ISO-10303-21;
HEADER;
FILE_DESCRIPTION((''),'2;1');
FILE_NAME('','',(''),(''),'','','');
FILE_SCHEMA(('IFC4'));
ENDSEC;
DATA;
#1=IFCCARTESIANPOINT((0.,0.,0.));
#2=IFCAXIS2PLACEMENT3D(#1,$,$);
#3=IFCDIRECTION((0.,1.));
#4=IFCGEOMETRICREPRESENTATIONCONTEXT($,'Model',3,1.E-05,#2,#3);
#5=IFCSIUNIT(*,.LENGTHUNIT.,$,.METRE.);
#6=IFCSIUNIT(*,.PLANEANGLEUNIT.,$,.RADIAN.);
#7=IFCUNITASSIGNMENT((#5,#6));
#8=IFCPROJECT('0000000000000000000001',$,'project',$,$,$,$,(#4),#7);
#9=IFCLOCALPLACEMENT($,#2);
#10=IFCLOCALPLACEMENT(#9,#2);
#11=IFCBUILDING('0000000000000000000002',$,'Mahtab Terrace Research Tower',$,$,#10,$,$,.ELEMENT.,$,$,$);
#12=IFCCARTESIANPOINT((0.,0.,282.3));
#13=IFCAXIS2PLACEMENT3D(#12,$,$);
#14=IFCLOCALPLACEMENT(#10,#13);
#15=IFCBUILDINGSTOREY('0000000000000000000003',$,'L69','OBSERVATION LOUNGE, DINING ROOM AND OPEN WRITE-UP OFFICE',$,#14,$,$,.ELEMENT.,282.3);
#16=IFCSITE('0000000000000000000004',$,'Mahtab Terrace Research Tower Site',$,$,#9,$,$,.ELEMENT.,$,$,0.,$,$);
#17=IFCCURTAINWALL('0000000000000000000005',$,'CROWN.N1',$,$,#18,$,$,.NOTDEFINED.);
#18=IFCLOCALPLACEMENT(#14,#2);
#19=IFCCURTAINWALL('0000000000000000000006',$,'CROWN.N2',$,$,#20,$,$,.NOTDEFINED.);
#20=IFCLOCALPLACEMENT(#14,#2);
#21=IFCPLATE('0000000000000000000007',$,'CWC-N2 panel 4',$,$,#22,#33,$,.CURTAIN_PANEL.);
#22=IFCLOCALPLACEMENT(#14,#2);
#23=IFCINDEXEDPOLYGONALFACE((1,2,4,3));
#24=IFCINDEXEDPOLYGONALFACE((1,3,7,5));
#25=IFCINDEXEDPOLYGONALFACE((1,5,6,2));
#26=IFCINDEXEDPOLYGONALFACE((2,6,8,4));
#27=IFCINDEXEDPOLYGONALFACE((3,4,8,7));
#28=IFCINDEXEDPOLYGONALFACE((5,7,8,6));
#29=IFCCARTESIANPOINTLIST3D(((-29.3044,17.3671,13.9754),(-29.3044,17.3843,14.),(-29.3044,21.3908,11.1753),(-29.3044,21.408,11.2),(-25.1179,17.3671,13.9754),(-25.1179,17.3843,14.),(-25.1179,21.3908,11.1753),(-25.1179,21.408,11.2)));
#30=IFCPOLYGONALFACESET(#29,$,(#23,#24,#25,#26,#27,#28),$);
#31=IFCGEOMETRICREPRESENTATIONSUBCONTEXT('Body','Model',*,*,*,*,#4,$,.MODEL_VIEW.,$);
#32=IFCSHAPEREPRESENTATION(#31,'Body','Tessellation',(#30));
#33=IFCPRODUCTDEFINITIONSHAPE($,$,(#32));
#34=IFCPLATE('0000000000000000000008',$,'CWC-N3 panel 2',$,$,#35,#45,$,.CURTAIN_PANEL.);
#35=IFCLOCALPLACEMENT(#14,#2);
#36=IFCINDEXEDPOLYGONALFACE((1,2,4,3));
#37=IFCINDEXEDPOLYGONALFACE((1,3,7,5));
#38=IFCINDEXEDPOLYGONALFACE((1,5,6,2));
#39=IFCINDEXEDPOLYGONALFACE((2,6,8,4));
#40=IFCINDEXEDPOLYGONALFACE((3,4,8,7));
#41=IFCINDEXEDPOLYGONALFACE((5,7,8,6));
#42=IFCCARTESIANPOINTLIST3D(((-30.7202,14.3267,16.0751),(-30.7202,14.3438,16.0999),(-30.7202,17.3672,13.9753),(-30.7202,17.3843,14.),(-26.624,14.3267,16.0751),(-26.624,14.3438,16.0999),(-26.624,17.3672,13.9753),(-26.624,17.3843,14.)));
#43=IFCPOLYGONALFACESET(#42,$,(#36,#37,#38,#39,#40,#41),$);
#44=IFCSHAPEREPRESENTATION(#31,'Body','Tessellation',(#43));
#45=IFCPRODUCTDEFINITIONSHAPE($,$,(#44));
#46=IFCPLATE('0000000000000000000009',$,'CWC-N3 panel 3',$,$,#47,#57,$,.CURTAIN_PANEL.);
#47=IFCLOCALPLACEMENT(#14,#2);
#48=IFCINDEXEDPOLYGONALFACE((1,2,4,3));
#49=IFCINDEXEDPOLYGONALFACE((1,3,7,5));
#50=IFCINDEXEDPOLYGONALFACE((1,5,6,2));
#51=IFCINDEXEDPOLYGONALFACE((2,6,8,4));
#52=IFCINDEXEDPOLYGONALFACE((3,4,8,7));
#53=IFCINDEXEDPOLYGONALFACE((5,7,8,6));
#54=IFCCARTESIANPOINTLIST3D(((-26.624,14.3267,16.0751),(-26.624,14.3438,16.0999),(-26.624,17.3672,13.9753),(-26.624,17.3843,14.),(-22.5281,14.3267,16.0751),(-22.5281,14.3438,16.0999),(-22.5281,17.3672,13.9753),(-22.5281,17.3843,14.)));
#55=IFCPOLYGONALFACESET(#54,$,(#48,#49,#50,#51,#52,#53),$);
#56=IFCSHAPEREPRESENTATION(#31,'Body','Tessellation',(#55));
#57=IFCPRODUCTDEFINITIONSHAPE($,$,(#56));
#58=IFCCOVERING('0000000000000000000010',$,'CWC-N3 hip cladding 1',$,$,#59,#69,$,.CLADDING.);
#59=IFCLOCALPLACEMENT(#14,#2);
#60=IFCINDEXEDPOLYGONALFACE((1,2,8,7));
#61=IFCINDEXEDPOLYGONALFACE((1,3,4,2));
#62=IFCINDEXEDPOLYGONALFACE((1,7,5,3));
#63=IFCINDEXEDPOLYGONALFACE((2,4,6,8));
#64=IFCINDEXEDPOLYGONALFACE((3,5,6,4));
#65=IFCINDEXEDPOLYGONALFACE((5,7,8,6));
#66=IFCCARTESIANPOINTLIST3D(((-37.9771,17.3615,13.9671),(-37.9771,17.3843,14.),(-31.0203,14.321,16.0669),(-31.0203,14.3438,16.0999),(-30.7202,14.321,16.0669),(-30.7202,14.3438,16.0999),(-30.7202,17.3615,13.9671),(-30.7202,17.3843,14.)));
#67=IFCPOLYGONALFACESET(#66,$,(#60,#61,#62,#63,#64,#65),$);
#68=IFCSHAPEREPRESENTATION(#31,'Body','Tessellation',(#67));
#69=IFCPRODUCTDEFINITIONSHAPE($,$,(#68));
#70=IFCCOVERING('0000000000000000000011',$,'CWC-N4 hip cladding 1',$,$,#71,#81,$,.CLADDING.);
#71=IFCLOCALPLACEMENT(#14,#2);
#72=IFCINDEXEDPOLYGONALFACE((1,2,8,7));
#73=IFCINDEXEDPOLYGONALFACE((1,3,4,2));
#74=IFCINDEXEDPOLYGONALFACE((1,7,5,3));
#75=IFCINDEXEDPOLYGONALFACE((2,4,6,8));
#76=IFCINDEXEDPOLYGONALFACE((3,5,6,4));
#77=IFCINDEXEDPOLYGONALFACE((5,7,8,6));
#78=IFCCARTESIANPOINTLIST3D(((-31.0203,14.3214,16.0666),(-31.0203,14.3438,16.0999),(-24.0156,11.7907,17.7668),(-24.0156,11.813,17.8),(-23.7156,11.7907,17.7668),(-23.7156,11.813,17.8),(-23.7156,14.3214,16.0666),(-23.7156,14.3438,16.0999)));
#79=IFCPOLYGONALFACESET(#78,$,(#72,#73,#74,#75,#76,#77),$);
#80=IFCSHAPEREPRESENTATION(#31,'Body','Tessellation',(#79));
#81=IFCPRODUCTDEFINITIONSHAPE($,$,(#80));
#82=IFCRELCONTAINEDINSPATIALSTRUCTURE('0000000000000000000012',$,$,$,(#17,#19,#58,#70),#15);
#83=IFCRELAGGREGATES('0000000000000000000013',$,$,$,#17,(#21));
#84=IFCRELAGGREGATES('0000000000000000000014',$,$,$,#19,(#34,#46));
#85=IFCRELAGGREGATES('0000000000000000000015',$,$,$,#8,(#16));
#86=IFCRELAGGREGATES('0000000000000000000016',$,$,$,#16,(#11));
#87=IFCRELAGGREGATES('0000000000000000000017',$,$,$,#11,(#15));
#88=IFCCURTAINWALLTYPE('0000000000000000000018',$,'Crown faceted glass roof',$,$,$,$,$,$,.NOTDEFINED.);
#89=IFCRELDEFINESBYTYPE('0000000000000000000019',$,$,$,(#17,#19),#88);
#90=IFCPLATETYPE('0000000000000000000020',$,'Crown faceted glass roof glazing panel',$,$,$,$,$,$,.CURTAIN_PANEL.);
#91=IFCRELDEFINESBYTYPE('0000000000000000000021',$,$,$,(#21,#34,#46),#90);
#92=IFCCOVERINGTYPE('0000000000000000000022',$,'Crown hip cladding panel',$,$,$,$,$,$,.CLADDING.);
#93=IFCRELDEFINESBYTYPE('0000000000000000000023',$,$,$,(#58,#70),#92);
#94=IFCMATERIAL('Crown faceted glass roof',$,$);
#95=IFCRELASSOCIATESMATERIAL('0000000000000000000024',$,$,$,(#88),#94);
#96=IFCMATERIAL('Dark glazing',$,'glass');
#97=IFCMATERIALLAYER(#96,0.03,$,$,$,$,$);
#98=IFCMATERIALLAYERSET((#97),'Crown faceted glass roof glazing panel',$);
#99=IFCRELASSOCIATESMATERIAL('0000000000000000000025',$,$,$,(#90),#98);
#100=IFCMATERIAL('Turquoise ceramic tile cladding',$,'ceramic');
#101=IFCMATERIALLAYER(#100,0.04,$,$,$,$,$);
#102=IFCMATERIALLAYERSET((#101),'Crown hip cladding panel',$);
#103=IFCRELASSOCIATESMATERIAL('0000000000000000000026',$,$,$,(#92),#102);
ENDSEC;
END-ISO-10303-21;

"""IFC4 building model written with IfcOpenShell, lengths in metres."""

from ifc_helpers import new_model, si_unit, direction, frame, origin, place, context, subcontext, project, spatial, polyline, outline, extrude, material, layer, layer_set, type_object, element, aggregate, save


model = new_model("IFC4")

# Units and contexts
model_context = context("Model", 3, precision=1e-05, world=origin(), true_north=direction((0.0, 1.0)))
body_context = subcontext(model_context, "Body", "Model", "MODEL_VIEW")
ifc_project = project(units=[si_unit("LENGTHUNIT", "METRE"), si_unit("PLANEANGLEUNIT", "RADIAN")], contexts=[model_context])

# Site, building, storey
site_placement = place(None, origin())
site = spatial("IfcSite", under=ifc_project, at=site_placement, Name="Mahtab Terrace Research Tower Site", CompositionType="ELEMENT", RefElevation=0.0)
building_placement = place(site_placement, origin())
building = spatial("IfcBuilding", under=site, at=building_placement, Name="Mahtab Terrace Research Tower", CompositionType="ELEMENT")
storey_placement = place(building_placement, frame((0.0, 0.0, 282.3)))
storey = spatial("IfcBuildingStorey", under=building, at=storey_placement, Name="L69", Description="OBSERVATION LOUNGE, DINING ROOM AND OPEN WRITE-UP OFFICE", CompositionType="ELEMENT", Elevation=282.3)

# Curtain wall
ifc_material_1 = material(Name="Crown faceted glass roof")
curtain_wall_type = type_object("IfcCurtainWallType", Name="Crown faceted glass roof", PredefinedType="NOTDEFINED", material=ifc_material_1)
curtain_wall_1_placement = place(storey_placement, origin())
curtain_wall_1 = element("IfcCurtainWall", 1, at=curtain_wall_1_placement, inside=storey, type_object=curtain_wall_type, Name="CROWN.N1", PredefinedType="NOTDEFINED")

# Curtain wall
curtain_wall_2_placement = place(storey_placement, origin())
curtain_wall_2 = element("IfcCurtainWall", 2, at=curtain_wall_2_placement, inside=storey, type_object=curtain_wall_type, Name="CROWN.N2", PredefinedType="NOTDEFINED")

# Shared definitions
ifc_material_2 = material(Name="Dark glazing", Category="glass")
ifc_layer_1 = layer(ifc_material_2, 0.03)
ifc_layer_set_1 = layer_set([ifc_layer_1], Name="Crown faceted glass roof glazing panel")
plate_type = type_object("IfcPlateType", Name="Crown faceted glass roof glazing panel", PredefinedType="CURTAIN_PANEL", material=ifc_layer_set_1)

# Plates
plate_1_placement = place(storey_placement, frame((-25.1179, 17.3843, 14.0), z_axis=(0.0, 0.571197, 0.820813), x_axis=(0.0, 0.820813, -0.571197)))
plate_1 = element("IfcPlate", 3, at=plate_1_placement, type_object=plate_type, Name="CWC-N2 panel 4", PredefinedType="CURTAIN_PANEL", context=body_context, shape_type="SweptSolid", body=[
    extrude(outline(polyline([(0.0, 0.0), (4.9021, 0.0), (4.9021, 4.1865), (0.0, 4.1865), (0.0, 0.0)])), origin(), (0.0, 0.0, -1.0), 0.03),
])
aggregate(curtain_wall_1, [plate_1])
plate_2_placement = place(storey_placement, frame((-26.624, 14.3438, 16.0999), z_axis=(0.0, 0.568272, 0.822841), x_axis=(0.0, 0.822841, -0.568272)))
plate_2 = element("IfcPlate", 4, at=plate_2_placement, type_object=plate_type, Name="CWC-N3 panel 2", PredefinedType="CURTAIN_PANEL", context=body_context, shape_type="SweptSolid", body=[
    extrude(outline(polyline([(0.0, 0.0), (3.6952, 0.0), (3.6952, 4.0962), (0.0, 4.0962), (0.0, 0.0)])), origin(), (0.0, 0.0, -1.0), 0.03),
])
plate_3_placement = place(storey_placement, frame((-22.5281, 14.3438, 16.0999), z_axis=(0.0, 0.568272, 0.822841), x_axis=(0.0, 0.822841, -0.568272)))
plate_3 = element("IfcPlate", 5, at=plate_3_placement, type_object=plate_type, Name="CWC-N3 panel 3", PredefinedType="CURTAIN_PANEL", context=body_context, shape_type="SweptSolid", body=[
    extrude(outline(polyline([(0.0, 0.0), (3.6952, 0.0), (3.6952, 4.0959), (0.0, 4.0959), (0.0, 0.0)])), origin(), (0.0, 0.0, -1.0), 0.03),
])
aggregate(curtain_wall_2, [plate_2, plate_3])

# Coverings
ifc_material_3 = material(Name="Turquoise ceramic tile cladding", Category="ceramic")
ifc_layer_2 = layer(ifc_material_3, 0.04)
ifc_layer_set_2 = layer_set([ifc_layer_2], Name="Crown hip cladding panel")
covering_type = type_object("IfcCoveringType", Name="Crown hip cladding panel", PredefinedType="CLADDING", material=ifc_layer_set_2)
covering_1_placement = place(storey_placement, frame((-30.7202, 17.3843, 14.0), z_axis=(0.0, 0.568272, 0.822841), x_axis=(0.0, -0.822841, 0.568272)))
element("IfcCovering", 6, at=covering_1_placement, inside=storey, type_object=covering_type, Name="CWC-N3 hip cladding 1", PredefinedType="CLADDING", context=body_context, shape_type="SweptSolid", body=[
    extrude(outline(polyline([(0.0, 0.0), (3.6952, 0.0), (3.6952, -0.3), (0.0, -7.2568), (0.0, 0.0)])), origin(), (0.0, 0.0, -1.0), 0.04),
])
covering_2_placement = place(storey_placement, frame((-23.7156, 14.3438, 16.0999), z_axis=(0.0, 0.557653, 0.830074), x_axis=(0.0, -0.830074, 0.557653)))
element("IfcCovering", 7, at=covering_2_placement, inside=storey, type_object=covering_type, Name="CWC-N4 hip cladding 1", PredefinedType="CLADDING", context=body_context, shape_type="SweptSolid", body=[
    extrude(outline(polyline([(0.0, 0.0), (3.0488, 0.0), (3.0488, -0.3), (0.0, -7.3047), (0.0, 0.0)])), origin(), (0.0, 0.0, -1.0), 0.04),
])

save(model, "model.ifc")
